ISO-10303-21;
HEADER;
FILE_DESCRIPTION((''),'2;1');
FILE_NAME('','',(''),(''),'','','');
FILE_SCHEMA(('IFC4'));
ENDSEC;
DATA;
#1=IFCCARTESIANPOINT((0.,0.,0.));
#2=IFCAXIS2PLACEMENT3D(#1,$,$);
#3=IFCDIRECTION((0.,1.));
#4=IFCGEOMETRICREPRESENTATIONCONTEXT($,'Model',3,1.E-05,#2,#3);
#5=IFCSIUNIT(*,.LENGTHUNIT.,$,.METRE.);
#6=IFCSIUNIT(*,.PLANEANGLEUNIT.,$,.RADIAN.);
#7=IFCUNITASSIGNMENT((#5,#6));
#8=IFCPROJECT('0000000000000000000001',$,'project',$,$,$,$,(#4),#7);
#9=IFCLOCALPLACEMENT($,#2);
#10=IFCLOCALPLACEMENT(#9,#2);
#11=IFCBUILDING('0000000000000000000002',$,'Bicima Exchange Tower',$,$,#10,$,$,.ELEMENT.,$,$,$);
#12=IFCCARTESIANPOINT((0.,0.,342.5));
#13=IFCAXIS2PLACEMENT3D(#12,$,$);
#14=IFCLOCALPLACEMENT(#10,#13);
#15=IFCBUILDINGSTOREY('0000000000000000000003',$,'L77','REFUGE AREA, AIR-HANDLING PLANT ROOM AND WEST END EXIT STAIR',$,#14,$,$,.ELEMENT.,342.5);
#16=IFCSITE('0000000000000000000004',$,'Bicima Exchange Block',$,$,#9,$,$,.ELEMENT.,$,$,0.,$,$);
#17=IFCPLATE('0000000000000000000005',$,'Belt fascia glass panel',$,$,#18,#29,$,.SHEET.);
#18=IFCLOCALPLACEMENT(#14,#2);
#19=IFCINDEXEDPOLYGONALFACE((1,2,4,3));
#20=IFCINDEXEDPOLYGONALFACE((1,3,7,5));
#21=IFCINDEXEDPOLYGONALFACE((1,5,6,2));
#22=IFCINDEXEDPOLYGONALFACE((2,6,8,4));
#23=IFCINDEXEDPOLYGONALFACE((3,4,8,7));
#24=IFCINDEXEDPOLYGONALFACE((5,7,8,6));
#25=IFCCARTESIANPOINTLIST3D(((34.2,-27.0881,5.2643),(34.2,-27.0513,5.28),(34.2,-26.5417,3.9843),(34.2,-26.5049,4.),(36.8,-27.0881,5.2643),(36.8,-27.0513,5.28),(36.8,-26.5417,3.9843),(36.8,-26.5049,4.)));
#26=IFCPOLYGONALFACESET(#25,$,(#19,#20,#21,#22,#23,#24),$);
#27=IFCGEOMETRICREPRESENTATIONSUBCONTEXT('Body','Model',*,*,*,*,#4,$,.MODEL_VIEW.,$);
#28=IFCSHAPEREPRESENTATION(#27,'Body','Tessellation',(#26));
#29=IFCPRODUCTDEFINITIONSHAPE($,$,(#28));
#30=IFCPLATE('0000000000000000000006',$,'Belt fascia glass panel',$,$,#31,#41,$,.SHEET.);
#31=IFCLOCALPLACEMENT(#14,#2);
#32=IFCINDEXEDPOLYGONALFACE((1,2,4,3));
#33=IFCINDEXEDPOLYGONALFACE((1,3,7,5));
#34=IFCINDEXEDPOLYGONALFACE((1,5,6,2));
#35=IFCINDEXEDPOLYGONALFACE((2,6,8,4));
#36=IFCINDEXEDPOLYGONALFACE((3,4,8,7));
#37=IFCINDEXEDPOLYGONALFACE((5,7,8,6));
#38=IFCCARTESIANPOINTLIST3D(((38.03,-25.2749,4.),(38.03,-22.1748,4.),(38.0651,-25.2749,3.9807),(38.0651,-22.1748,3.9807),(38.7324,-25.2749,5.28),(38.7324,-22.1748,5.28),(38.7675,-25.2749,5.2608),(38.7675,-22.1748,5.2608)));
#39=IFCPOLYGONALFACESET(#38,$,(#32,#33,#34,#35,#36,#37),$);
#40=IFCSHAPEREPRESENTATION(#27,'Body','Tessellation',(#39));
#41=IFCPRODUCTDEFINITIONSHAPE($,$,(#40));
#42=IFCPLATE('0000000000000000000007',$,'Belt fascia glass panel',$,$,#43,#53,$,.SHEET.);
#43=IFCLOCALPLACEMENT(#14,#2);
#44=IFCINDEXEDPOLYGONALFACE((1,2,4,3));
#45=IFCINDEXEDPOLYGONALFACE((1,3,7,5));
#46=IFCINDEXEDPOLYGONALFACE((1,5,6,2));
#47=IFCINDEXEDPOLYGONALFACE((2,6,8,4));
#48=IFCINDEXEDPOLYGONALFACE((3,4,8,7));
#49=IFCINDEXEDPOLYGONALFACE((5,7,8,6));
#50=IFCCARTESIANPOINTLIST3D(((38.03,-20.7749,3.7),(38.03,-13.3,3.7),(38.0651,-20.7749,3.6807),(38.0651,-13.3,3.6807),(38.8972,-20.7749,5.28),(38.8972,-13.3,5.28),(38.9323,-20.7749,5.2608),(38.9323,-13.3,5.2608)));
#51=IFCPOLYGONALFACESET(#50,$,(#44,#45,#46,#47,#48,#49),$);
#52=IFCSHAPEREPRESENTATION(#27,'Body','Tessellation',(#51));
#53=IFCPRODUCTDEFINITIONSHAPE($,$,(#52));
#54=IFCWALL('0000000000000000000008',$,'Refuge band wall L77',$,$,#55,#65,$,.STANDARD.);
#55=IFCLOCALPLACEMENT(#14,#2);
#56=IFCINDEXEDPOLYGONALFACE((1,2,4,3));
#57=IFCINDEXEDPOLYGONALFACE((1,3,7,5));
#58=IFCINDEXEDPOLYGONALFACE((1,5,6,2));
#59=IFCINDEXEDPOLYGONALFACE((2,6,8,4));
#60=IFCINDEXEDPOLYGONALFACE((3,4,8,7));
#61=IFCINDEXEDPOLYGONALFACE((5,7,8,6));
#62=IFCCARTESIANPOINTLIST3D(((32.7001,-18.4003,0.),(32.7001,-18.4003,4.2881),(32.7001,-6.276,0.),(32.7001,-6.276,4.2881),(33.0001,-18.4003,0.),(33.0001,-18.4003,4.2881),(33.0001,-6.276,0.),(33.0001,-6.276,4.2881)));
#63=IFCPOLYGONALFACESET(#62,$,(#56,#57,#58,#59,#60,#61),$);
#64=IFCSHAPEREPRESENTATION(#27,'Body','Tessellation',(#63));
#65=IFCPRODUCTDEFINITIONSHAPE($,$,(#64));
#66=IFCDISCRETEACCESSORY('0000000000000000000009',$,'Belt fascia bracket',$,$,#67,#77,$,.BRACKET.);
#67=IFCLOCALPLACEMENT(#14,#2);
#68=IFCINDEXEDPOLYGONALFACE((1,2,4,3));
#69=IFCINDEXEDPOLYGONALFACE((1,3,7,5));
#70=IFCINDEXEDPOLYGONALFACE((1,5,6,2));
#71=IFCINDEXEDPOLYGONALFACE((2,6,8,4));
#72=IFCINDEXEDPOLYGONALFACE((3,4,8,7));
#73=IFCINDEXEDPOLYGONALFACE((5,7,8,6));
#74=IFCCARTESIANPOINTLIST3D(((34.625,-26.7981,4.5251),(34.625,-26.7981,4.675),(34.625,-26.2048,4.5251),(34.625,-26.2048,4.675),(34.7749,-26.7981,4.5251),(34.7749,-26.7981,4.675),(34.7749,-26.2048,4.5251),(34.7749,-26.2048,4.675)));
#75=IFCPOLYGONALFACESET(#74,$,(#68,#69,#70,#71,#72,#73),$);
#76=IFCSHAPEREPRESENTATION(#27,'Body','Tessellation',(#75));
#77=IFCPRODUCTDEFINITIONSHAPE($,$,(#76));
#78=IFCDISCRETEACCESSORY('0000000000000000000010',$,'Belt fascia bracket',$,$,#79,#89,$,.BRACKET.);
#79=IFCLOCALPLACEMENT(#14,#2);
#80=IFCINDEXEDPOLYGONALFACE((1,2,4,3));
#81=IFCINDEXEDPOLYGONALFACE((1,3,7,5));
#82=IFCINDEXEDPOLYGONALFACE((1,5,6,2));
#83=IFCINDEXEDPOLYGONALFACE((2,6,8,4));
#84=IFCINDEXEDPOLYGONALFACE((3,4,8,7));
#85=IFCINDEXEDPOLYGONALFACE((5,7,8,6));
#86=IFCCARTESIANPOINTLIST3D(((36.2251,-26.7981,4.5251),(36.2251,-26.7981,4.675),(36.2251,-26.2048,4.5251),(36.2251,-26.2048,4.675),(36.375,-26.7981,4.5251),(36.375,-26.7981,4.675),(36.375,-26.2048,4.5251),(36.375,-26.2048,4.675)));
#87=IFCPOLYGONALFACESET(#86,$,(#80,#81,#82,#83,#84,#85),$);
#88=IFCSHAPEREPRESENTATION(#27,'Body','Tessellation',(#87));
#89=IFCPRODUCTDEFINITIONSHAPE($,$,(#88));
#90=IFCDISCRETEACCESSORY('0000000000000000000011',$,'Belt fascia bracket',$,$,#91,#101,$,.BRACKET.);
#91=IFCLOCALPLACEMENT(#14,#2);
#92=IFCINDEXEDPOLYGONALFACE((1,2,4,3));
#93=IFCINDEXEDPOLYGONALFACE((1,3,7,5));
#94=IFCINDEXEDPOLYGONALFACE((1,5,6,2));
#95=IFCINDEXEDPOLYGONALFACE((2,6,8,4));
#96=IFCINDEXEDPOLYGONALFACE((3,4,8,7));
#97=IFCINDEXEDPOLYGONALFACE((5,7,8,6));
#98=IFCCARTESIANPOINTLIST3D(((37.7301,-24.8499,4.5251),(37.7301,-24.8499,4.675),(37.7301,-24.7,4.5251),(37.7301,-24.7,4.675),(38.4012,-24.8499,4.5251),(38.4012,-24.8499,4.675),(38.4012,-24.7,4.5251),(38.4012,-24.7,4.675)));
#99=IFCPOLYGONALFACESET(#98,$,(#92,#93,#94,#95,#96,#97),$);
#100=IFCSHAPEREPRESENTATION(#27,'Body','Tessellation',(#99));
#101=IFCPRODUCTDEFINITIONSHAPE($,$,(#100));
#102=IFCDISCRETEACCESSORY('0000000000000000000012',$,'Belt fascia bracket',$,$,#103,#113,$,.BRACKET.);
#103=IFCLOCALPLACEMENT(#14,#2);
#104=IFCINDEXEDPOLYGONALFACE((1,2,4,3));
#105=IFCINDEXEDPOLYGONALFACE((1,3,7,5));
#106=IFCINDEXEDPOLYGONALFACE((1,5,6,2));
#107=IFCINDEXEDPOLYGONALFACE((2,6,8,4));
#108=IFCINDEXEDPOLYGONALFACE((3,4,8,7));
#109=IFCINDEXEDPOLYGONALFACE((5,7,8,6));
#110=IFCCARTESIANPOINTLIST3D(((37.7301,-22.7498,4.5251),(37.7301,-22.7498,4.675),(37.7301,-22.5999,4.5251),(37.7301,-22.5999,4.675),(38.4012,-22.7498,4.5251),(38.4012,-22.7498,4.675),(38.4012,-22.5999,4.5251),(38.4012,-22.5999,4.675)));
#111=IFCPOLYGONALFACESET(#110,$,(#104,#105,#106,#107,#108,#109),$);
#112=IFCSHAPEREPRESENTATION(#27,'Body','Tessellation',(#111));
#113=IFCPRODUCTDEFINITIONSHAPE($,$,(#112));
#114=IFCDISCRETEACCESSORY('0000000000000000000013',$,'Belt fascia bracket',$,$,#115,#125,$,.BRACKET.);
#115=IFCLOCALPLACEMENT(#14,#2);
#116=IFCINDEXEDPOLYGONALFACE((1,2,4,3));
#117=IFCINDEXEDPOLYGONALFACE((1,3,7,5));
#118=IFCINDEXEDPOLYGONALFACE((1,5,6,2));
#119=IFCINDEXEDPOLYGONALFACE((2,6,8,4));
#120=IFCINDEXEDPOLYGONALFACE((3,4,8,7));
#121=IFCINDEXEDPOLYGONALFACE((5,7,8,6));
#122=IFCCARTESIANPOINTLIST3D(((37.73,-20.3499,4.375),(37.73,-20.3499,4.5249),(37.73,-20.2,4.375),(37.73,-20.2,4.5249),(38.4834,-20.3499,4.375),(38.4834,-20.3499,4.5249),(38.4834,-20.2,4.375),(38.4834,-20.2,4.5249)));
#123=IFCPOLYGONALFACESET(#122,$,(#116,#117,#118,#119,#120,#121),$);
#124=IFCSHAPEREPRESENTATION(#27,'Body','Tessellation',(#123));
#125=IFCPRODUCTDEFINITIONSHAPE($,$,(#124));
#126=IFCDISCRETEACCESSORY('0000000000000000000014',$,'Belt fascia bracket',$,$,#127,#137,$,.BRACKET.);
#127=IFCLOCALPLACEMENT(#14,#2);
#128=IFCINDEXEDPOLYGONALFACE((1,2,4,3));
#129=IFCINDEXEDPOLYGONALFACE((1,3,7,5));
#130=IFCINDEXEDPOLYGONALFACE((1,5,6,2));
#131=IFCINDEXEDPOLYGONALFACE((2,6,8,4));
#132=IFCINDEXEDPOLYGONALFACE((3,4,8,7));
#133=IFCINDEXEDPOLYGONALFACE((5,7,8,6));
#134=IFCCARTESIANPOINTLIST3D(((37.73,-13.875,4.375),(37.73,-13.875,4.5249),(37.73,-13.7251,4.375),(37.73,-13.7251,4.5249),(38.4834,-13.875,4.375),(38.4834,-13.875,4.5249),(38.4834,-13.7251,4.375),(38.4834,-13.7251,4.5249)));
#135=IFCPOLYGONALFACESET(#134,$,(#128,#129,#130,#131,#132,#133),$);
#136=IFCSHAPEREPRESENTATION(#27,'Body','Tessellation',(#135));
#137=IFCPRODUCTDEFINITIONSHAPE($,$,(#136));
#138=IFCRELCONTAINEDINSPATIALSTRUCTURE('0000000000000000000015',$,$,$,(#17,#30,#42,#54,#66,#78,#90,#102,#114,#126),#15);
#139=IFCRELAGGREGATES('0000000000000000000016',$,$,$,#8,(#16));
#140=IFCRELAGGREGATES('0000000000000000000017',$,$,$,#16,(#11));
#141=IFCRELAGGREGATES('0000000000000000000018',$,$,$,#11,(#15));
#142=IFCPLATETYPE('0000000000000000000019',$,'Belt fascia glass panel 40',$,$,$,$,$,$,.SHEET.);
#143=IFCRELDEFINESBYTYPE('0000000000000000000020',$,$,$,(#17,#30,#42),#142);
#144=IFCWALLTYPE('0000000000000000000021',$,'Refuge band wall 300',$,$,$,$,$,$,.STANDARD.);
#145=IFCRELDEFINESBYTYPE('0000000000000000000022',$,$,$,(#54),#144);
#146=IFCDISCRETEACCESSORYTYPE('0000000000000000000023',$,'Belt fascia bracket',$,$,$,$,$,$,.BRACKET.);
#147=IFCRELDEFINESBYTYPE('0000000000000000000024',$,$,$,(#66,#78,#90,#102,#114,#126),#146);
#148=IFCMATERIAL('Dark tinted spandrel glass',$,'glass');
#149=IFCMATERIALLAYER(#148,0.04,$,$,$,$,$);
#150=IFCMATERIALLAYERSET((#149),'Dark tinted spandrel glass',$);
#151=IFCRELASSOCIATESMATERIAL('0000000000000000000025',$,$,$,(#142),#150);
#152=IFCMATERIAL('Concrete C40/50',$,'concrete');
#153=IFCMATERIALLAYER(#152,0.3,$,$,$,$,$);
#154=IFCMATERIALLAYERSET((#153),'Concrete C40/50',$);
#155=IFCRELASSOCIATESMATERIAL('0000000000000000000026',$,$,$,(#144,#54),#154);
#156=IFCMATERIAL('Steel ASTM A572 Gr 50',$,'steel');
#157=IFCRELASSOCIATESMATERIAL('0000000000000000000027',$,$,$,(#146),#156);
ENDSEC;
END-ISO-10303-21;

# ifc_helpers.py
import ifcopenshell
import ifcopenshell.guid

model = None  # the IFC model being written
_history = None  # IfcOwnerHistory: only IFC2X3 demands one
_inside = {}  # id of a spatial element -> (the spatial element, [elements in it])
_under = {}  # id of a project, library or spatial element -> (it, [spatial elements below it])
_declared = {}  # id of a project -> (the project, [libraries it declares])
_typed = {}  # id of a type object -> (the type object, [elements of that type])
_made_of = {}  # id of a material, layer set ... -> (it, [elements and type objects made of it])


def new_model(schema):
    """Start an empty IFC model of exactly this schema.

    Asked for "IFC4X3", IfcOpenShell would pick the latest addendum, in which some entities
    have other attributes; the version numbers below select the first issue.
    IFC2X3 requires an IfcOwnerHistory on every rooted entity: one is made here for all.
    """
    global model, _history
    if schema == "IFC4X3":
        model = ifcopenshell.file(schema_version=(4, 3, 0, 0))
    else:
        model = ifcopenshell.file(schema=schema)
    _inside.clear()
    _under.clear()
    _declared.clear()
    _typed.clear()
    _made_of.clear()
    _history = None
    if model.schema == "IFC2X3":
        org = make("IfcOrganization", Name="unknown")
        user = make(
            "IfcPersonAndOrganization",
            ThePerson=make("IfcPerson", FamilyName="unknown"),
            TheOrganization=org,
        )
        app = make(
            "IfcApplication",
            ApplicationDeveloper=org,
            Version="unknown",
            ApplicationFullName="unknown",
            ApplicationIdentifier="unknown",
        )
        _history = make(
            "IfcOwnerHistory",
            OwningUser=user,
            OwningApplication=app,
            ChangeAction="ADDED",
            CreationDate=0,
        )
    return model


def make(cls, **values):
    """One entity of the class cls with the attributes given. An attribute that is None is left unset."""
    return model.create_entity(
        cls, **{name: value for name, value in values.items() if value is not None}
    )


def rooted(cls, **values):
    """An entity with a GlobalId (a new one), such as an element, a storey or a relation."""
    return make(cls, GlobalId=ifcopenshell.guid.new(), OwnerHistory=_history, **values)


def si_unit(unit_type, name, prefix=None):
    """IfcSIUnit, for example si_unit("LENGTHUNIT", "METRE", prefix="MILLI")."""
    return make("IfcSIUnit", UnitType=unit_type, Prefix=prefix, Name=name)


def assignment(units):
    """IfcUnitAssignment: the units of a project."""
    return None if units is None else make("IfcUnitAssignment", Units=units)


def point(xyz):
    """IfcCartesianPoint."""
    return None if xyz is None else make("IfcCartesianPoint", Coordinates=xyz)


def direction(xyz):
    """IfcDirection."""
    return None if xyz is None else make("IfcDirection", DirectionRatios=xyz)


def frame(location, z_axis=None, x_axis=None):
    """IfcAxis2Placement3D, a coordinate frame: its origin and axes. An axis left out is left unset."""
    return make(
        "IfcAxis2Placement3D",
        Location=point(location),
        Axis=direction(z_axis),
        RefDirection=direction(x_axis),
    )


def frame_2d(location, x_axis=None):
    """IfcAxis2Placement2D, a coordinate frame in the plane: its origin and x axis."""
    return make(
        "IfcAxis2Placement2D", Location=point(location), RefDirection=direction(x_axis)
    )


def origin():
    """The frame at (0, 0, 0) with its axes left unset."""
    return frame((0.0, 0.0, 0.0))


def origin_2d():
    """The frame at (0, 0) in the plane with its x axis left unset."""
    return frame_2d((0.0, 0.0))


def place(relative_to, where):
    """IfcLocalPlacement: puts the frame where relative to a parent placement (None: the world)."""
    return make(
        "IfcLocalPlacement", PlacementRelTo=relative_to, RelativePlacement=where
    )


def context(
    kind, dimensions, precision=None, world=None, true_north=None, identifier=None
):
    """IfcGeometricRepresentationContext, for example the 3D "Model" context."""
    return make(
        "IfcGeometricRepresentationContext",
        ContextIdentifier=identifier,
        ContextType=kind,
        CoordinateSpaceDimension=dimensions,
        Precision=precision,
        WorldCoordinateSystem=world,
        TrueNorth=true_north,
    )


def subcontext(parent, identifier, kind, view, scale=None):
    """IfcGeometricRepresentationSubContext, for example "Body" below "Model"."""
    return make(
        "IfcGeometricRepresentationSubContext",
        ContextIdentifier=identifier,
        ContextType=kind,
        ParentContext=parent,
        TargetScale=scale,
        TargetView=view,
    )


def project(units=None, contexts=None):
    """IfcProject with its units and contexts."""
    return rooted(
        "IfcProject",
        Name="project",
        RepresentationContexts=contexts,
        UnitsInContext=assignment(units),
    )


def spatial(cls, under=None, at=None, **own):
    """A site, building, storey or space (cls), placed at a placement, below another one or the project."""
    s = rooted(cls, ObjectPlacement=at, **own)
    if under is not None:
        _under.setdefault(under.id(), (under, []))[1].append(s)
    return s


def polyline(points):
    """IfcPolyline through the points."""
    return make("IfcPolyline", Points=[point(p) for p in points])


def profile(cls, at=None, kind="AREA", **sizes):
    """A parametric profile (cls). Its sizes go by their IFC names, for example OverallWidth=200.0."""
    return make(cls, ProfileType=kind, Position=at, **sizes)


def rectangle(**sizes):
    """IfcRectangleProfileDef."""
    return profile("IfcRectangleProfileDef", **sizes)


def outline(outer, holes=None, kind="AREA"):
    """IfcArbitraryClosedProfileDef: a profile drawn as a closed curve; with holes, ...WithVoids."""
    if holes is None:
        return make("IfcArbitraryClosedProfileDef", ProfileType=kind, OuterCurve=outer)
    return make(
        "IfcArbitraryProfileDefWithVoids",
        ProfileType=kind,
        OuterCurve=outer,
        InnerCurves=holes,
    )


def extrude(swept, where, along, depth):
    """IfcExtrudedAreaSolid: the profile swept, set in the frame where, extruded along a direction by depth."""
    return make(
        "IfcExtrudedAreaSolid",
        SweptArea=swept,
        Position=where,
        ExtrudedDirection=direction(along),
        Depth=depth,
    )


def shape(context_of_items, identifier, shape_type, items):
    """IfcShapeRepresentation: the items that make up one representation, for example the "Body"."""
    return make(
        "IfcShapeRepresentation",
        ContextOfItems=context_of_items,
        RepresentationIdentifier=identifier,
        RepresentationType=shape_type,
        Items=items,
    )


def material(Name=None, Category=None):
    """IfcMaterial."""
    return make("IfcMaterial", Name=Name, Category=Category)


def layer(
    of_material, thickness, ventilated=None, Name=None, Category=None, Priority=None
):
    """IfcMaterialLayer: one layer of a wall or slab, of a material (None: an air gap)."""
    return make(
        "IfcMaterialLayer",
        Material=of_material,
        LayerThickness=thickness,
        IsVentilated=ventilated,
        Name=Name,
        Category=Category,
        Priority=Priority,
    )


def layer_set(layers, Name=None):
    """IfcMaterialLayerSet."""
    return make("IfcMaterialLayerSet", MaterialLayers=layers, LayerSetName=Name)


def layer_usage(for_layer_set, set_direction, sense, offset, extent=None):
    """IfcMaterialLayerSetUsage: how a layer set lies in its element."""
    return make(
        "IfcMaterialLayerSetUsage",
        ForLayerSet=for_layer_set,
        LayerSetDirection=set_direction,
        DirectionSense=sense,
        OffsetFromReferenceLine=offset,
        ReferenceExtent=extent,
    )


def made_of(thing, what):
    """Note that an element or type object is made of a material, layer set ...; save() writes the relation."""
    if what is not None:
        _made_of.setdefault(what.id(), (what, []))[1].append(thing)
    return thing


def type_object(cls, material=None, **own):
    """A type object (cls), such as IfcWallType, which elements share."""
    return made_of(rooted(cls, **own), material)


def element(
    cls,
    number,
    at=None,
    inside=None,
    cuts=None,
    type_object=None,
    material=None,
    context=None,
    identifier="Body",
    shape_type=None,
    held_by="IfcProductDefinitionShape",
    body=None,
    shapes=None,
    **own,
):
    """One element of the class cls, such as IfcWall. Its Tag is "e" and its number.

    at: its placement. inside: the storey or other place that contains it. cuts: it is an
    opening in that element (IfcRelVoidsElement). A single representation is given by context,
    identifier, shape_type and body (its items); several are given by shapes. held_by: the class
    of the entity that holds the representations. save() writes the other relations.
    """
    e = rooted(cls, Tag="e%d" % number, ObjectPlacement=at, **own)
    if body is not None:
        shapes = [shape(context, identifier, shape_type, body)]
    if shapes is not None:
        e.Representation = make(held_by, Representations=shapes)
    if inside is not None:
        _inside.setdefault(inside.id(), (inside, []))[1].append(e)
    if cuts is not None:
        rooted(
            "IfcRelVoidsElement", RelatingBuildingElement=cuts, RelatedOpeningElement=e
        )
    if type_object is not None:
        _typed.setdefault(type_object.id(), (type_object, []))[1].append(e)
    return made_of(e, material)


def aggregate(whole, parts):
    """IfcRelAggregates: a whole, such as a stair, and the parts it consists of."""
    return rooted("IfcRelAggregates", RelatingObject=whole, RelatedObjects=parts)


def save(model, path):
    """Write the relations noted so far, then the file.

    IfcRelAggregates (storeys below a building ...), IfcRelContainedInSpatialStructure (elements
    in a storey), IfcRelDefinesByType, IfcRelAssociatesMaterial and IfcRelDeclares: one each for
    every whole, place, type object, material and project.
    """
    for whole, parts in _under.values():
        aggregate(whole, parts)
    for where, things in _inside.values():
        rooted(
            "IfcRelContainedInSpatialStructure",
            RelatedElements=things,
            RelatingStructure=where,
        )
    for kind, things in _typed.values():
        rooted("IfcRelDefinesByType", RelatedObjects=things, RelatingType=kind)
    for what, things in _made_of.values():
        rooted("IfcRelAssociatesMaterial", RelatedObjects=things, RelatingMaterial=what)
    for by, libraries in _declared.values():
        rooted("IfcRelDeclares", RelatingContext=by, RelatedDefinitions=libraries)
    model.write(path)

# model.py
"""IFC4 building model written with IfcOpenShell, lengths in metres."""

from ifc_helpers import new_model, si_unit, direction, frame, frame_2d, origin, origin_2d, place, context, subcontext, project, spatial, polyline, rectangle, outline, extrude, material, layer, layer_set, layer_usage, type_object, element, save


model = new_model("IFC4")

# Units and contexts
model_context = context("Model", 3, precision=1e-05, world=origin(), true_north=direction((0.0, 1.0)))
body_context = subcontext(model_context, "Body", "Model", "MODEL_VIEW")
ifc_project = project(units=[si_unit("LENGTHUNIT", "METRE"), si_unit("PLANEANGLEUNIT", "RADIAN")], contexts=[model_context])

# Site, building, storey
site_placement = place(None, origin())
site = spatial("IfcSite", under=ifc_project, at=site_placement, Name="Bicima Exchange Block", CompositionType="ELEMENT", RefElevation=0.0)
building_placement = place(site_placement, origin())
building = spatial("IfcBuilding", under=site, at=building_placement, Name="Bicima Exchange Tower", CompositionType="ELEMENT")
storey_placement = place(building_placement, frame((0.0, 0.0, 342.5)))
storey = spatial("IfcBuildingStorey", under=building, at=storey_placement, Name="L77", Description="REFUGE AREA, AIR-HANDLING PLANT ROOM AND WEST END EXIT STAIR", CompositionType="ELEMENT", Elevation=342.5)

# Shared definitions
ifc_material_1 = material(Name="Steel ASTM A572 Gr 50", Category="steel")

# Plates
ifc_material_2 = material(Name="Dark tinted spandrel glass", Category="glass")
ifc_layer_1 = layer(ifc_material_2, 0.04)
ifc_layer_set_1 = layer_set([ifc_layer_1], Name="Dark tinted spandrel glass")
plate_type = type_object("IfcPlateType", Name="Belt fascia glass panel 40", PredefinedType="SHEET", material=ifc_layer_set_1)
plate_1_placement = place(storey_placement, frame((34.2, -26.5049, 4.0), z_axis=(0.0, 0.919716, 0.392585), x_axis=(1.0, 0.0, 0.0)))
element("IfcPlate", 1, at=plate_1_placement, inside=storey, type_object=plate_type, Name="Belt fascia glass panel", PredefinedType="SHEET", context=body_context, shape_type="SweptSolid", body=[
    extrude(outline(polyline([(0.0, 0.0), (2.6001, 0.0), (2.6001, -1.3918), (0.0, -1.3918), (0.0, 0.0)])), origin(), (0.0, 0.0, -1.0), 0.04),
])
plate_2_placement = place(storey_placement, frame((38.03, -25.2749, 4.0), z_axis=(-0.876685, 0.0, 0.481065), x_axis=(0.0, 1.0, 0.0)))
element("IfcPlate", 2, at=plate_2_placement, inside=storey, type_object=plate_type, Name="Belt fascia glass panel", PredefinedType="SHEET", context=body_context, shape_type="SweptSolid", body=[
    extrude(outline(polyline([(0.0, 0.0), (3.1001, 0.0), (3.1001, -1.4601), (0.0, -1.4601), (0.0, 0.0)])), origin(), (0.0, 0.0, -1.0), 0.04),
])
plate_3_placement = place(storey_placement, frame((38.03, -20.7749, 3.7), z_axis=(-0.87665, 0.0, 0.481128), x_axis=(0.0, 1.0, 0.0)))
element("IfcPlate", 3, at=plate_3_placement, inside=storey, type_object=plate_type, Name="Belt fascia glass panel", PredefinedType="SHEET", context=body_context, shape_type="SweptSolid", body=[
    extrude(outline(polyline([(0.0, 0.0), (7.4749, 0.0), (7.4749, -1.8024), (0.0, -1.8024), (0.0, 0.0)])), origin(), (0.0, 0.0, -1.0), 0.04),
])

# Wall
ifc_material_3 = material(Name="Concrete C40/50", Category="concrete")
ifc_layer_2 = layer(ifc_material_3, 0.3)
ifc_layer_set_2 = layer_set([ifc_layer_2], Name="Concrete C40/50")
ifc_layer_usage = layer_usage(ifc_layer_set_2, "AXIS2", "POSITIVE", -0.15)
wall_type = type_object("IfcWallType", Name="Refuge band wall 300", PredefinedType="STANDARD", material=ifc_layer_set_2)
wall_placement = place(storey_placement, frame((32.8501, -18.4001, 0.0), z_axis=(0.0, 0.0, 1.0), x_axis=(0.0, 1.0, 0.0)))
element("IfcWall", 4, at=wall_placement, inside=storey, type_object=wall_type, material=ifc_layer_usage, Name="Refuge band wall L77", PredefinedType="STANDARD", context=body_context, shape_type="SweptSolid", body=[
    extrude(rectangle(XDim=12.1243, YDim=0.3, at=frame_2d((6.062, 0.0))), origin(), (0.0, 0.0, 1.0), 4.2881),
])

# Discrete accessories
discrete_accessory_type = type_object("IfcDiscreteAccessoryType", Name="Belt fascia bracket", PredefinedType="BRACKET", material=ifc_material_1)
for number, where, z_axis, x_axis, name in (
    (5, (34.7, -26.5015, 4.5251), (0.0, 0.0, 1.0), (1.0, 0.0, 0.0), "Belt fascia bracket"),
    (6, (36.3, -26.5015, 4.5251), (0.0, 0.0, 1.0), (1.0, 0.0, 0.0), "Belt fascia bracket"),
):
    element("IfcDiscreteAccessory", number, at=place(storey_placement, frame(where, z_axis=z_axis, x_axis=x_axis)), inside=storey, type_object=discrete_accessory_type, Name=name, PredefinedType="BRACKET", context=body_context, shape_type="SweptSolid", body=[
        extrude(rectangle(XDim=0.1499, YDim=0.5933, at=origin_2d()), origin(), (0.0, 0.0, 1.0), 0.1499),
    ])
for number, where, z_axis, x_axis, name in (
    (7, (38.0657, -24.7749, 4.5251), (0.0, 0.0, 1.0), (0.0, 1.0, 0.0), "Belt fascia bracket"),
    (8, (38.0657, -22.6748, 4.5251), (0.0, 0.0, 1.0), (0.0, 1.0, 0.0), "Belt fascia bracket"),
):
    element("IfcDiscreteAccessory", number, at=place(storey_placement, frame(where, z_axis=z_axis, x_axis=x_axis)), inside=storey, type_object=discrete_accessory_type, Name=name, PredefinedType="BRACKET", context=body_context, shape_type="SweptSolid", body=[
        extrude(rectangle(XDim=0.1499, YDim=0.6711, at=origin_2d()), origin(), (0.0, 0.0, 1.0), 0.1499),
    ])
for number, where, z_axis, x_axis, name in (
    (9, (38.1067, -20.2749, 4.375), (0.0, 0.0, 1.0), (0.0, 1.0, 0.0), "Belt fascia bracket"),
    (10, (38.1067, -13.8, 4.375), (0.0, 0.0, 1.0), (0.0, 1.0, 0.0), "Belt fascia bracket"),
):
    element("IfcDiscreteAccessory", number, at=place(storey_placement, frame(where, z_axis=z_axis, x_axis=x_axis)), inside=storey, type_object=discrete_accessory_type, Name=name, PredefinedType="BRACKET", context=body_context, shape_type="SweptSolid", body=[
        extrude(rectangle(XDim=0.1499, YDim=0.7534, at=origin_2d()), origin(), (0.0, 0.0, 1.0), 0.1499),
    ])

save(model, "model.ifc")
